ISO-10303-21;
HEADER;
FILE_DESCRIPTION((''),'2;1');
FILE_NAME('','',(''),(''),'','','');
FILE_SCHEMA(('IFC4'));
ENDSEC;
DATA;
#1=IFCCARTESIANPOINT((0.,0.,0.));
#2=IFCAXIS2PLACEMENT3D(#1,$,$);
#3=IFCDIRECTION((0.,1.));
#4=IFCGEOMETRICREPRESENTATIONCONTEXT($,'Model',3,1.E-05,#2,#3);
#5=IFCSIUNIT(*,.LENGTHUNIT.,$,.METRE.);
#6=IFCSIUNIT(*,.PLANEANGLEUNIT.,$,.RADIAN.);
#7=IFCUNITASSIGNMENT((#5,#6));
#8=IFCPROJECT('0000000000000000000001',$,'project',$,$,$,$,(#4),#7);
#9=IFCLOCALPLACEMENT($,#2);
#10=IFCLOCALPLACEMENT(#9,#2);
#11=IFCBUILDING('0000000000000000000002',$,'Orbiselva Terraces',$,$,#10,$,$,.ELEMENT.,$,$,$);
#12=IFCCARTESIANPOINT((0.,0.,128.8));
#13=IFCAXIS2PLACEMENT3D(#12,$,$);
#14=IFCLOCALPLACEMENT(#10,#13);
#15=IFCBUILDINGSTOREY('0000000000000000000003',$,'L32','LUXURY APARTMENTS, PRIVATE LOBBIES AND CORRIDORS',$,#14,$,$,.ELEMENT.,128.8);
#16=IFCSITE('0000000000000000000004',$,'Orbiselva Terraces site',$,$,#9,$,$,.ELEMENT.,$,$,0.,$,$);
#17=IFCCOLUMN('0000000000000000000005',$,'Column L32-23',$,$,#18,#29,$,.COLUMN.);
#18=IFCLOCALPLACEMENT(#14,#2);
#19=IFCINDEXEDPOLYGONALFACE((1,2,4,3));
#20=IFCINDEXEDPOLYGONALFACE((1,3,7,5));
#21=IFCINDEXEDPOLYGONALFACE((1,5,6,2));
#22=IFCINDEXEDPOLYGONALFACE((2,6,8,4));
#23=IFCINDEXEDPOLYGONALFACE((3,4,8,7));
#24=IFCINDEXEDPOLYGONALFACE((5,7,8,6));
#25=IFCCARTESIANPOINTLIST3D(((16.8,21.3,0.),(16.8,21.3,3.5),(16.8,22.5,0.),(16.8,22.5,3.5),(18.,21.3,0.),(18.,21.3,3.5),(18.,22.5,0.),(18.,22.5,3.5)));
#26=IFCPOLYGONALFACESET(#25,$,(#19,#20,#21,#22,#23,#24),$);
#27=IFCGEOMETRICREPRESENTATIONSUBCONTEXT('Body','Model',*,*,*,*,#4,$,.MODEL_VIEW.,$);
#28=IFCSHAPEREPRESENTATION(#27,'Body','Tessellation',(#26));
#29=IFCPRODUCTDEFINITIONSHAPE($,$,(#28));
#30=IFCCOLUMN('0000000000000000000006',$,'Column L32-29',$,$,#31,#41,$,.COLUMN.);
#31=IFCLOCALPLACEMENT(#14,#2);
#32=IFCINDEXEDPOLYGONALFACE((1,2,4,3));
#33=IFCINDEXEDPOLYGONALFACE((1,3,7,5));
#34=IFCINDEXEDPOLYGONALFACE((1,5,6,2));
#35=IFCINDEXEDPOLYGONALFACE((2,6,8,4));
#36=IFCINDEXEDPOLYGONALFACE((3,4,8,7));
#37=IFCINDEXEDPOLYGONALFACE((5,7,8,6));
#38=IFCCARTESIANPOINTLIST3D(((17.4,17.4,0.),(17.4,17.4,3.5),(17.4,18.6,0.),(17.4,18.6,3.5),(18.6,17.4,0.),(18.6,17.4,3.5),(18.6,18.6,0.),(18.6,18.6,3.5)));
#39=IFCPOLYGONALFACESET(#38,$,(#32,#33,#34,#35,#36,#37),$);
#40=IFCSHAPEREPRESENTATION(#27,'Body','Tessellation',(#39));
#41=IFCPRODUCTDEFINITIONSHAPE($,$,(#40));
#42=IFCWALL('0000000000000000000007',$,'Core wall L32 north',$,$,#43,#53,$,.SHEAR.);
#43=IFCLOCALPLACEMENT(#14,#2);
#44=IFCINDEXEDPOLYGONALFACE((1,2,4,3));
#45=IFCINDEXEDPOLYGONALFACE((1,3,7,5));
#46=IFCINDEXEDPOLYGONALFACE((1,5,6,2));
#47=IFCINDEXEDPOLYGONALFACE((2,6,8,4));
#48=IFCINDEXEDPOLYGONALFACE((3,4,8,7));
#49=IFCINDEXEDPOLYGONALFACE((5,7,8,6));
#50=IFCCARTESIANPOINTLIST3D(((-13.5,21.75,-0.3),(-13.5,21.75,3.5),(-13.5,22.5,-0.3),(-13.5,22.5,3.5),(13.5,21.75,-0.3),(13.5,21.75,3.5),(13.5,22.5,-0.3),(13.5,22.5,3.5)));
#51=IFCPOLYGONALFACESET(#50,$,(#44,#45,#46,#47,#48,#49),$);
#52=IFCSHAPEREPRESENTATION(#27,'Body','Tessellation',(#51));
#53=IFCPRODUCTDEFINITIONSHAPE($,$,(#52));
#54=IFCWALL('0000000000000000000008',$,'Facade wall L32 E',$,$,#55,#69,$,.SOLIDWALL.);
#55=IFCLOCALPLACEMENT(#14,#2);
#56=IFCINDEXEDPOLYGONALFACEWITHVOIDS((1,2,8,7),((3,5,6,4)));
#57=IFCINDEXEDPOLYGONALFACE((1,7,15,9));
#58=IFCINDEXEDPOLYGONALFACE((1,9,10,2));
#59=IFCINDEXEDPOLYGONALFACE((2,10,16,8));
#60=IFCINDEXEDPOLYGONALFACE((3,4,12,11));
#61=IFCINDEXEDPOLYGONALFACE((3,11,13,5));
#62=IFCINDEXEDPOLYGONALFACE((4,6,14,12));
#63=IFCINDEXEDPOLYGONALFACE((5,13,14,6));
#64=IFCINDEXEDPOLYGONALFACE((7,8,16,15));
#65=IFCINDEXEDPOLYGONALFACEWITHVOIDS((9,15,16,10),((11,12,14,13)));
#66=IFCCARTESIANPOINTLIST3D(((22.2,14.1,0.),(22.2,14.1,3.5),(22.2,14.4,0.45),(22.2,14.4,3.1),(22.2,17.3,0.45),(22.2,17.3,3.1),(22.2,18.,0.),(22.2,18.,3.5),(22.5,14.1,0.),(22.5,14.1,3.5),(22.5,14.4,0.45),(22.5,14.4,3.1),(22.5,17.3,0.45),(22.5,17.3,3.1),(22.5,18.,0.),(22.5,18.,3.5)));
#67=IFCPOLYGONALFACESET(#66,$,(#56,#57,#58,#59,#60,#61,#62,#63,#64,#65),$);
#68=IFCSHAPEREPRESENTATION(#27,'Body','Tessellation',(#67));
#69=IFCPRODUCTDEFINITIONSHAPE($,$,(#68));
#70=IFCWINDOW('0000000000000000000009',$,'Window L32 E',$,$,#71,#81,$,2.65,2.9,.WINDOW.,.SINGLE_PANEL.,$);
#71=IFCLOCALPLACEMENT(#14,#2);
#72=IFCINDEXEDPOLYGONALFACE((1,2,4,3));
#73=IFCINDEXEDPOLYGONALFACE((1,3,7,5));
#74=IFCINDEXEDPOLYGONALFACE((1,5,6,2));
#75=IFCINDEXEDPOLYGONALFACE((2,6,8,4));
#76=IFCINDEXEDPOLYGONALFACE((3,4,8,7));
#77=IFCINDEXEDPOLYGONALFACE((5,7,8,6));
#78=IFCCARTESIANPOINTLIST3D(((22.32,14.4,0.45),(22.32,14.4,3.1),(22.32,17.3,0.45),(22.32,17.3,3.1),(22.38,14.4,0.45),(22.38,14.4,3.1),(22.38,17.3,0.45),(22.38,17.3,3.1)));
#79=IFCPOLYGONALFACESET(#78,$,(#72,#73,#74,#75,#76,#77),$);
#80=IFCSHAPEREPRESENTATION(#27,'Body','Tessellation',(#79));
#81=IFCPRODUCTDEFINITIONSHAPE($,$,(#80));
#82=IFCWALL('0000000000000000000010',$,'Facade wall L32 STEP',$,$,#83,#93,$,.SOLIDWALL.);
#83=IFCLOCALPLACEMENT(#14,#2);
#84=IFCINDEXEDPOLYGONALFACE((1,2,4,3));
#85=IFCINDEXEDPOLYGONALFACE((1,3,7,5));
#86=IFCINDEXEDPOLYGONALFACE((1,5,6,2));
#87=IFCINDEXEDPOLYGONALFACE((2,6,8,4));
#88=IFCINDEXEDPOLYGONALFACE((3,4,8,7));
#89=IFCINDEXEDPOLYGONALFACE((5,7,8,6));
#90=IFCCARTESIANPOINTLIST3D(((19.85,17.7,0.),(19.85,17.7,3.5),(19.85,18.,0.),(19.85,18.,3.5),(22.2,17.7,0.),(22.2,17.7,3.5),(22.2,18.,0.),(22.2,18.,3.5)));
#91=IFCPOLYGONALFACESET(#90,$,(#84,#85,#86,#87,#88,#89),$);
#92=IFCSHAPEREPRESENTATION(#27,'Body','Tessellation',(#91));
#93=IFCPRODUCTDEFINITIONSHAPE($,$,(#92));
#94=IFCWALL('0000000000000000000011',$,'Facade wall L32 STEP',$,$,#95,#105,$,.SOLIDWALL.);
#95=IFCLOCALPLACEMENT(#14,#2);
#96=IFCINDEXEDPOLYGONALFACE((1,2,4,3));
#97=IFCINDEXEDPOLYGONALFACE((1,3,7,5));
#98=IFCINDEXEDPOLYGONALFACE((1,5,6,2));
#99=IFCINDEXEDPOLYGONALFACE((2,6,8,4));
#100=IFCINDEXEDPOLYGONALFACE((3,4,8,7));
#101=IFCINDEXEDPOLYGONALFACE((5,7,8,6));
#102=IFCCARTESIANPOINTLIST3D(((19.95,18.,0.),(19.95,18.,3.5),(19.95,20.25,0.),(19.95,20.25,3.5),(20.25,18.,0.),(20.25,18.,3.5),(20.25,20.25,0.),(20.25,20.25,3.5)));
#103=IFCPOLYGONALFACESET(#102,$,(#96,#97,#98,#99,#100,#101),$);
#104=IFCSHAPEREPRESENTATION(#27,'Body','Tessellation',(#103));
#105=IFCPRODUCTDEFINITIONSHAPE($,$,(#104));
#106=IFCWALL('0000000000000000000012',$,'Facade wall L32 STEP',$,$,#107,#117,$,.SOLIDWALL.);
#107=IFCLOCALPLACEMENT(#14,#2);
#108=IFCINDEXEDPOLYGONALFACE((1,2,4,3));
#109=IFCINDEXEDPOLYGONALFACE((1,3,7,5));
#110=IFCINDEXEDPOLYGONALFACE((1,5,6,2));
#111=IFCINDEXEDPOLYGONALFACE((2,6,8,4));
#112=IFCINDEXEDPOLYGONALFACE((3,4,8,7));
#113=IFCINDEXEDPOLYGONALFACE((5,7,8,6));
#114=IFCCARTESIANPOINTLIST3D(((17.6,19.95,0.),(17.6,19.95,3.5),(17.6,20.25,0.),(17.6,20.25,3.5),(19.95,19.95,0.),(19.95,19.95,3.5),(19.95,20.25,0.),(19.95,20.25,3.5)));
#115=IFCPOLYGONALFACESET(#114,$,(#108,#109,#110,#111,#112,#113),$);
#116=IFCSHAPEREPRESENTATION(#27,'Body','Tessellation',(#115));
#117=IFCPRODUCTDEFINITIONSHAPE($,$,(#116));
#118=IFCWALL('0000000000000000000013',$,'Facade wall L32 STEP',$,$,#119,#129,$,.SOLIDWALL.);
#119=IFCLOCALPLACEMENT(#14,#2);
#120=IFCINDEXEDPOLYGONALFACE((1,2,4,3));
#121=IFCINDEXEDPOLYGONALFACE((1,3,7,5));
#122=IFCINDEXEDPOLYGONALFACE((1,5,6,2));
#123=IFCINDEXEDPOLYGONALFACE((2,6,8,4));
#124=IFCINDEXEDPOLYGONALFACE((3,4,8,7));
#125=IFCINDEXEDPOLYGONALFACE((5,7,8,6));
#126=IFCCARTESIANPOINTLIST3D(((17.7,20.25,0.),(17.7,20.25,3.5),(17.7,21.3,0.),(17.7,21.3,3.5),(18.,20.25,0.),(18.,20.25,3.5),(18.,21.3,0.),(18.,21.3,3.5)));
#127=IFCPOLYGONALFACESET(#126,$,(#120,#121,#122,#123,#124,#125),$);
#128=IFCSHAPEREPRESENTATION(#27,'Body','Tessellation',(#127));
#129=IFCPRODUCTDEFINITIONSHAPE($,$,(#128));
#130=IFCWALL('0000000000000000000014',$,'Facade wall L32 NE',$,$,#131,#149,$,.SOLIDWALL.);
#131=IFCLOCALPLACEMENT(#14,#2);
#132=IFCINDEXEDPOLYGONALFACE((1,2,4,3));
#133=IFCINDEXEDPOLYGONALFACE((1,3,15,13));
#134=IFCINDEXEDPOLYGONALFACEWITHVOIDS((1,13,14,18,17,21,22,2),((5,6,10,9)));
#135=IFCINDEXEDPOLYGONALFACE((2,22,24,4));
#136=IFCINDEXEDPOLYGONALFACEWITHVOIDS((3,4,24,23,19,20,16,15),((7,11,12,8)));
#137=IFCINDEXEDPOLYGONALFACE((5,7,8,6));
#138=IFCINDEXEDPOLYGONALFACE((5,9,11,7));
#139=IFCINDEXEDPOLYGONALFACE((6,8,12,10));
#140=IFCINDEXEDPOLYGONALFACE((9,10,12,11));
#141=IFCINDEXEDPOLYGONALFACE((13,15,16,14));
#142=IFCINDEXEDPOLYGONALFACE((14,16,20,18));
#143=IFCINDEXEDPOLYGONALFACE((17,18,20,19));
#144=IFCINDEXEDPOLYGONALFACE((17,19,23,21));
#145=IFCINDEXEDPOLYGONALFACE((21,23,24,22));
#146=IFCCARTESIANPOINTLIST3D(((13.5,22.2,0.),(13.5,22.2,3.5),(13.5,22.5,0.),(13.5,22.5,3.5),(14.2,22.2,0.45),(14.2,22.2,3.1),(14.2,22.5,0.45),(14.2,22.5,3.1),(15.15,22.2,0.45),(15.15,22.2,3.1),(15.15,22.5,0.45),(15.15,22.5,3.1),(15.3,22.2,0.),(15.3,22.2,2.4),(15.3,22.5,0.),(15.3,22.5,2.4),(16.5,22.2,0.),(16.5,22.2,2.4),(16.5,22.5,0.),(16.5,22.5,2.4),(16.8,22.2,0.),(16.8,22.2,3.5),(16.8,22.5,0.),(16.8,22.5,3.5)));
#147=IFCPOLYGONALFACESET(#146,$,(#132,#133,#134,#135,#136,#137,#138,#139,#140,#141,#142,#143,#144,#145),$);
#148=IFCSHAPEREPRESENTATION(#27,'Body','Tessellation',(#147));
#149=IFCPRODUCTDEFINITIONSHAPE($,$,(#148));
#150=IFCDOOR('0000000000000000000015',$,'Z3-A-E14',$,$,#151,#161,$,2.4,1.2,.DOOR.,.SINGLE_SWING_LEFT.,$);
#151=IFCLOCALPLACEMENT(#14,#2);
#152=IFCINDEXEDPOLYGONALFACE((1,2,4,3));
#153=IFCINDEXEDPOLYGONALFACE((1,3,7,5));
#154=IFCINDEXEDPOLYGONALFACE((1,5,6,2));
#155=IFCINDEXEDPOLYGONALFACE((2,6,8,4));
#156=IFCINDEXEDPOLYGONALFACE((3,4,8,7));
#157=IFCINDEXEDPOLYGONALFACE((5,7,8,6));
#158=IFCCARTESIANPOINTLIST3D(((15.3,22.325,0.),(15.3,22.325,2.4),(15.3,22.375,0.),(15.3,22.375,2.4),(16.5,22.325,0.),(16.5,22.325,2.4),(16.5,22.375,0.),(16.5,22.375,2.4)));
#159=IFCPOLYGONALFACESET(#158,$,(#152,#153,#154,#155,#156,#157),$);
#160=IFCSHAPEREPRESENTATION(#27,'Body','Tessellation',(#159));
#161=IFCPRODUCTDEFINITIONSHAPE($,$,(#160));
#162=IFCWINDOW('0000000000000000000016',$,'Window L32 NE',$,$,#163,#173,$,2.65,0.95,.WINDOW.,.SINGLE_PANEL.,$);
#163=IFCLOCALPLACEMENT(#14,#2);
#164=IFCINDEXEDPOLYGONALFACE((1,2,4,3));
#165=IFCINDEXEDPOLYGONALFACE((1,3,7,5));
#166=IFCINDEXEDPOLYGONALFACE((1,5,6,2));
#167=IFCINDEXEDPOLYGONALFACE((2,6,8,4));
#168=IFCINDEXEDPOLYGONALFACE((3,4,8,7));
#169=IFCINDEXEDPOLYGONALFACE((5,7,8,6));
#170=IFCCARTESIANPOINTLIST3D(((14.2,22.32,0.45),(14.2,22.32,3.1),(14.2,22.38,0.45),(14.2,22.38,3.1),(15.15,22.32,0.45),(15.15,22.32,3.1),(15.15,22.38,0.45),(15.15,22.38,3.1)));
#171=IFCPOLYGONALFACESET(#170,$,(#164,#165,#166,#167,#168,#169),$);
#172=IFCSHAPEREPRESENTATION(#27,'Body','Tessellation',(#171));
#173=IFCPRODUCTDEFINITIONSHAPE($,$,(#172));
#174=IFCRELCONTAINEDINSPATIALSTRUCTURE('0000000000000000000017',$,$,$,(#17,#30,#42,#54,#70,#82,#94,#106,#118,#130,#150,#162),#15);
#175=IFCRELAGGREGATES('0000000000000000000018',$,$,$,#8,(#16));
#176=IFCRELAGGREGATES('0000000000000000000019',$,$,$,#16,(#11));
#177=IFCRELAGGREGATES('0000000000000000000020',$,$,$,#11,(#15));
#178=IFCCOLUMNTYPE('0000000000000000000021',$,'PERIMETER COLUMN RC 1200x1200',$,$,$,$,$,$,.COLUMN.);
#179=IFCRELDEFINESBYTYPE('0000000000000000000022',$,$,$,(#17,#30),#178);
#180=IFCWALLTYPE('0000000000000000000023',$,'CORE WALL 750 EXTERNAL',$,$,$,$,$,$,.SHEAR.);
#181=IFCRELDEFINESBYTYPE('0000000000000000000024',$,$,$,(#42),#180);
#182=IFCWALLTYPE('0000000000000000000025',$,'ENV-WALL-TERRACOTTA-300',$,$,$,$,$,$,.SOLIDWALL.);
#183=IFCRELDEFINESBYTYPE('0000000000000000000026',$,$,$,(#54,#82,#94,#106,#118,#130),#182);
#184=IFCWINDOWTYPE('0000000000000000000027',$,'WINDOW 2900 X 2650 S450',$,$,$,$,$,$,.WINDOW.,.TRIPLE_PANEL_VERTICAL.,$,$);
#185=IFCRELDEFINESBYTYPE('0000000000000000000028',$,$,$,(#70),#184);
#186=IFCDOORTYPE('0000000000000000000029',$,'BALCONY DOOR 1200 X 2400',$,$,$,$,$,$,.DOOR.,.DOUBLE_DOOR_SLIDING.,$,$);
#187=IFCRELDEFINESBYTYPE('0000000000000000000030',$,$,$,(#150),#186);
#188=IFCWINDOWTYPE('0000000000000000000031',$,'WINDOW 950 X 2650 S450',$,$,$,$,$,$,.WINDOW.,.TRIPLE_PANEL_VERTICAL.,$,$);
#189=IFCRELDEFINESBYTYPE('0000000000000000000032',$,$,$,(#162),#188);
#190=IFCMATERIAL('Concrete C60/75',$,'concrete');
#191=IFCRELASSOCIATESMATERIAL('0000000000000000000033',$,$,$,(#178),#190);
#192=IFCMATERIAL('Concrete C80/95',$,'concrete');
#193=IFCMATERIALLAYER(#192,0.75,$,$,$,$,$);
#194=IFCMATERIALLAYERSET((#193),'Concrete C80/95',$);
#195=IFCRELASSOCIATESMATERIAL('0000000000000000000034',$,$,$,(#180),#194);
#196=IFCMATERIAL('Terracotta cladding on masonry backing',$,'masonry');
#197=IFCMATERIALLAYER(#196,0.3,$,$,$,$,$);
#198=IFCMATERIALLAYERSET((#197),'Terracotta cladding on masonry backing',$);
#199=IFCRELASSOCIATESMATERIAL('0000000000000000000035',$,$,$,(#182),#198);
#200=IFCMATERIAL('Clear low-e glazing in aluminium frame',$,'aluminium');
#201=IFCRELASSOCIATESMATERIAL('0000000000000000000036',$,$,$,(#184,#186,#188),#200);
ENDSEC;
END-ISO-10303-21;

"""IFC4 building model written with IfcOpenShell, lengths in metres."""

from ifc_helpers import new_model, si_unit, direction, frame, frame_2d, origin, origin_2d, place, context, subcontext, project, spatial, rectangle, extrude, material, layer, layer_set, material_profile, profile_set, type_object, element, fill, save


model = new_model("IFC4")

# Units and contexts
model_context = context("Model", 3, precision=1e-05, world=origin(), true_north=direction((0.0, 1.0)))
body_context = subcontext(model_context, "Body", "Model", "MODEL_VIEW")
ifc_project = project(units=[si_unit("LENGTHUNIT", "METRE"), si_unit("PLANEANGLEUNIT", "RADIAN")], contexts=[model_context])

# Site, building, storey
site_placement = place(None, origin())
site = spatial("IfcSite", under=ifc_project, at=site_placement, Name="Orbiselva Terraces site", CompositionType="ELEMENT", RefElevation=0.0)
building_placement = place(site_placement, origin())
building = spatial("IfcBuilding", under=site, at=building_placement, Name="Orbiselva Terraces", CompositionType="ELEMENT")
storey_placement = place(building_placement, frame((0.0, 0.0, 128.8)))
storey = spatial("IfcBuildingStorey", under=building, at=storey_placement, Name="L32", Description="LUXURY APARTMENTS, PRIVATE LOBBIES AND CORRIDORS", CompositionType="ELEMENT", Elevation=128.8)

# Columns
ifc_material_1 = material(Name="Concrete C60/75", Category="concrete")
ifc_material_profile = material_profile(ifc_material_1, rectangle(XDim=1.2, YDim=1.2, at=origin_2d()), Name="RC 1200x1200")
ifc_profile_set = profile_set([ifc_material_profile], Name="Concrete C60/75")
column_type = type_object("IfcColumnType", Name="PERIMETER COLUMN RC 1200x1200", PredefinedType="COLUMN", material=ifc_profile_set)
for number, where, z_axis, x_axis, name in (
    (1, (17.4, 21.9, 0.0), (0.0, 0.0, 1.0), (1.0, 0.0, 0.0), "Column L32-23"),
    (2, (18.0, 18.0, 0.0), (0.0, 0.0, 1.0), (1.0, 0.0, 0.0), "Column L32-29"),
):
    element("IfcColumn", number, at=place(storey_placement, frame(where, z_axis=z_axis, x_axis=x_axis)), inside=storey, type_object=column_type, Name=name, PredefinedType="COLUMN", context=body_context, shape_type="SweptSolid", body=[
        extrude(rectangle(XDim=1.2, YDim=1.2, at=origin_2d()), origin(), (0.0, 0.0, 1.0), 3.5),
    ])

# Wall
ifc_material_2 = material(Name="Concrete C80/95", Category="concrete")
ifc_layer_1 = layer(ifc_material_2, 0.75)
ifc_layer_set_1 = layer_set([ifc_layer_1], Name="Concrete C80/95")
wall_type_1 = type_object("IfcWallType", Name="CORE WALL 750 EXTERNAL", PredefinedType="SHEAR", material=ifc_layer_set_1)
wall_1_placement = place(storey_placement, frame((13.5, 22.125, -0.3), z_axis=(0.0, 0.0, 1.0), x_axis=(-1.0, 0.0, 0.0)))
element("IfcWall", 3, at=wall_1_placement, inside=storey, type_object=wall_type_1, Name="Core wall L32 north", PredefinedType="SHEAR", context=body_context, shape_type="SweptSolid", body=[
    extrude(rectangle(XDim=27.0, YDim=0.75, at=frame_2d((13.5, 0.0))), origin(), (0.0, 0.0, 1.0), 3.8),
])

# Wall, opening, window
ifc_material_3 = material(Name="Terracotta cladding on masonry backing", Category="masonry")
ifc_layer_2 = layer(ifc_material_3, 0.3)
ifc_layer_set_2 = layer_set([ifc_layer_2], Name="Terracotta cladding on masonry backing")
wall_type_2 = type_object("IfcWallType", Name="ENV-WALL-TERRACOTTA-300", PredefinedType="SOLIDWALL", material=ifc_layer_set_2)
wall_2_placement = place(storey_placement, frame((22.35, 18.0, 0.0), z_axis=(0.0, 0.0, 1.0), x_axis=(0.0, -1.0, 0.0)))
wall_2 = element("IfcWall", 4, at=wall_2_placement, inside=storey, type_object=wall_type_2, Name="Facade wall L32 E", PredefinedType="SOLIDWALL", context=body_context, shape_type="SweptSolid", body=[
    extrude(rectangle(XDim=3.9, YDim=0.3, at=frame_2d((1.95, 0.0))), origin(), (0.0, 0.0, 1.0), 3.5),
])
opening_1_placement = place(wall_2_placement, frame((0.7, 0.0, 0.45)))
opening_1 = element("IfcOpeningElement", 5, at=opening_1_placement, cuts=wall_2, PredefinedType="OPENING", context=body_context, shape_type="SweptSolid", body=[
    extrude(rectangle(XDim=2.9, YDim=2.65, at=frame_2d((1.45, 1.325))), frame((0.0, 0.16, 0.0), z_axis=(0.0, -1.0, 0.0), x_axis=(1.0, 0.0, 0.0)), (0.0, 0.0, 1.0), 0.32),
])
ifc_material_4 = material(Name="Clear low-e glazing in aluminium frame", Category="aluminium")
window_type_1 = type_object("IfcWindowType", Name="WINDOW 2900 X 2650 S450", PartitioningType="TRIPLE_PANEL_VERTICAL", PredefinedType="WINDOW", material=ifc_material_4)
window_1_placement = place(opening_1_placement, origin())
window_1 = element("IfcWindow", 6, at=window_1_placement, inside=storey, type_object=window_type_1, Name="Window L32 E", OverallHeight=2.65, OverallWidth=2.9, PartitioningType="SINGLE_PANEL", PredefinedType="WINDOW", context=body_context, shape_type="SweptSolid", body=[
    extrude(rectangle(XDim=2.9, YDim=2.65, at=frame_2d((1.45, 1.325))), frame((0.0, 0.03, 0.0), z_axis=(0.0, -1.0, 0.0), x_axis=(1.0, 0.0, 0.0)), (0.0, 0.0, 1.0), 0.06),
])
fill(opening_1, window_1)

# Walls
wall_3_placement = place(storey_placement, frame((19.85, 17.85, 0.0), z_axis=(0.0, 0.0, 1.0), x_axis=(1.0, 0.0, 0.0)))
element("IfcWall", 7, at=wall_3_placement, inside=storey, type_object=wall_type_2, Name="Facade wall L32 STEP", PredefinedType="SOLIDWALL", context=body_context, shape_type="SweptSolid", body=[
    extrude(rectangle(XDim=2.35, YDim=0.3, at=frame_2d((1.175, 0.0))), origin(), (0.0, 0.0, 1.0), 3.5),
])
wall_4_placement = place(storey_placement, frame((20.1, 20.25, 0.0), z_axis=(0.0, 0.0, 1.0), x_axis=(0.0, -1.0, 0.0)))
element("IfcWall", 8, at=wall_4_placement, inside=storey, type_object=wall_type_2, Name="Facade wall L32 STEP", PredefinedType="SOLIDWALL", context=body_context, shape_type="SweptSolid", body=[
    extrude(rectangle(XDim=2.25, YDim=0.3, at=frame_2d((1.125, 0.0))), origin(), (0.0, 0.0, 1.0), 3.5),
])
wall_5_placement = place(storey_placement, frame((17.6, 20.1, 0.0), z_axis=(0.0, 0.0, 1.0), x_axis=(1.0, 0.0, 0.0)))
element("IfcWall", 9, at=wall_5_placement, inside=storey, type_object=wall_type_2, Name="Facade wall L32 STEP", PredefinedType="SOLIDWALL", context=body_context, shape_type="SweptSolid", body=[
    extrude(rectangle(XDim=2.35, YDim=0.3, at=frame_2d((1.175, 0.0))), origin(), (0.0, 0.0, 1.0), 3.5),
])
wall_6_placement = place(storey_placement, frame((17.85, 21.3, 0.0), z_axis=(0.0, 0.0, 1.0), x_axis=(0.0, -1.0, 0.0)))
element("IfcWall", 10, at=wall_6_placement, inside=storey, type_object=wall_type_2, Name="Facade wall L32 STEP", PredefinedType="SOLIDWALL", context=body_context, shape_type="SweptSolid", body=[
    extrude(rectangle(XDim=1.05, YDim=0.3, at=frame_2d((0.525, 0.0))), origin(), (0.0, 0.0, 1.0), 3.5),
])

# Wall, openings, door, window
wall_7_placement = place(storey_placement, frame((13.5, 22.35, 0.0), z_axis=(0.0, 0.0, 1.0), x_axis=(1.0, 0.0, 0.0)))
wall_7 = element("IfcWall", 11, at=wall_7_placement, inside=storey, type_object=wall_type_2, Name="Facade wall L32 NE", PredefinedType="SOLIDWALL", context=body_context, shape_type="SweptSolid", body=[
    extrude(rectangle(XDim=3.3, YDim=0.3, at=frame_2d((1.65, 0.0))), origin(), (0.0, 0.0, 1.0), 3.5),
])
opening_2_placement = place(wall_7_placement, frame((1.8, 0.0, 0.0)))
opening_2 = element("IfcOpeningElement", 12, at=opening_2_placement, cuts=wall_7, PredefinedType="OPENING", context=body_context, shape_type="SweptSolid", body=[
    extrude(rectangle(XDim=1.2, YDim=2.4, at=frame_2d((0.6, 1.2))), frame((0.0, 0.16, 0.0), z_axis=(0.0, -1.0, 0.0), x_axis=(1.0, 0.0, 0.0)), (0.0, 0.0, 1.0), 0.32),
])
opening_3_placement = place(wall_7_placement, frame((0.7, 0.0, 0.45)))
opening_3 = element("IfcOpeningElement", 13, at=opening_3_placement, cuts=wall_7, PredefinedType="OPENING", context=body_context, shape_type="SweptSolid", body=[
    extrude(rectangle(XDim=0.95, YDim=2.65, at=frame_2d((0.475, 1.325))), frame((0.0, 0.16, 0.0), z_axis=(0.0, -1.0, 0.0), x_axis=(1.0, 0.0, 0.0)), (0.0, 0.0, 1.0), 0.32),
])
door_type_1 = type_object("IfcDoorType", Name="BALCONY DOOR 1200 X 2400", OperationType="DOUBLE_DOOR_SLIDING", PredefinedType="DOOR", material=ifc_material_4)
door_1_placement = place(opening_2_placement, origin())
door_1 = element("IfcDoor", 14, at=door_1_placement, inside=storey, type_object=door_type_1, Name="Z3-A-E14", OperationType="SINGLE_SWING_LEFT", OverallHeight=2.4, OverallWidth=1.2, PredefinedType="DOOR", context=body_context, shape_type="SweptSolid", body=[
    extrude(rectangle(XDim=1.2, YDim=2.4, at=frame_2d((0.6, 1.2))), frame((0.0, 0.025, 0.0), z_axis=(0.0, -1.0, 0.0), x_axis=(1.0, 0.0, 0.0)), (0.0, 0.0, 1.0), 0.05),
])
fill(opening_2, door_1)
window_type_2 = type_object("IfcWindowType", Name="WINDOW 950 X 2650 S450", PartitioningType="TRIPLE_PANEL_VERTICAL", PredefinedType="WINDOW", material=ifc_material_4)
window_2_placement = place(opening_3_placement, origin())
window_2 = element("IfcWindow", 15, at=window_2_placement, inside=storey, type_object=window_type_2, Name="Window L32 NE", OverallHeight=2.65, OverallWidth=0.95, PartitioningType="SINGLE_PANEL", PredefinedType="WINDOW", context=body_context, shape_type="SweptSolid", body=[
    extrude(rectangle(XDim=0.95, YDim=2.65, at=frame_2d((0.475, 1.325))), frame((0.0, 0.03, 0.0), z_axis=(0.0, -1.0, 0.0), x_axis=(1.0, 0.0, 0.0)), (0.0, 0.0, 1.0), 0.06),
])
fill(opening_3, window_2)

save(model, "model.ifc")
